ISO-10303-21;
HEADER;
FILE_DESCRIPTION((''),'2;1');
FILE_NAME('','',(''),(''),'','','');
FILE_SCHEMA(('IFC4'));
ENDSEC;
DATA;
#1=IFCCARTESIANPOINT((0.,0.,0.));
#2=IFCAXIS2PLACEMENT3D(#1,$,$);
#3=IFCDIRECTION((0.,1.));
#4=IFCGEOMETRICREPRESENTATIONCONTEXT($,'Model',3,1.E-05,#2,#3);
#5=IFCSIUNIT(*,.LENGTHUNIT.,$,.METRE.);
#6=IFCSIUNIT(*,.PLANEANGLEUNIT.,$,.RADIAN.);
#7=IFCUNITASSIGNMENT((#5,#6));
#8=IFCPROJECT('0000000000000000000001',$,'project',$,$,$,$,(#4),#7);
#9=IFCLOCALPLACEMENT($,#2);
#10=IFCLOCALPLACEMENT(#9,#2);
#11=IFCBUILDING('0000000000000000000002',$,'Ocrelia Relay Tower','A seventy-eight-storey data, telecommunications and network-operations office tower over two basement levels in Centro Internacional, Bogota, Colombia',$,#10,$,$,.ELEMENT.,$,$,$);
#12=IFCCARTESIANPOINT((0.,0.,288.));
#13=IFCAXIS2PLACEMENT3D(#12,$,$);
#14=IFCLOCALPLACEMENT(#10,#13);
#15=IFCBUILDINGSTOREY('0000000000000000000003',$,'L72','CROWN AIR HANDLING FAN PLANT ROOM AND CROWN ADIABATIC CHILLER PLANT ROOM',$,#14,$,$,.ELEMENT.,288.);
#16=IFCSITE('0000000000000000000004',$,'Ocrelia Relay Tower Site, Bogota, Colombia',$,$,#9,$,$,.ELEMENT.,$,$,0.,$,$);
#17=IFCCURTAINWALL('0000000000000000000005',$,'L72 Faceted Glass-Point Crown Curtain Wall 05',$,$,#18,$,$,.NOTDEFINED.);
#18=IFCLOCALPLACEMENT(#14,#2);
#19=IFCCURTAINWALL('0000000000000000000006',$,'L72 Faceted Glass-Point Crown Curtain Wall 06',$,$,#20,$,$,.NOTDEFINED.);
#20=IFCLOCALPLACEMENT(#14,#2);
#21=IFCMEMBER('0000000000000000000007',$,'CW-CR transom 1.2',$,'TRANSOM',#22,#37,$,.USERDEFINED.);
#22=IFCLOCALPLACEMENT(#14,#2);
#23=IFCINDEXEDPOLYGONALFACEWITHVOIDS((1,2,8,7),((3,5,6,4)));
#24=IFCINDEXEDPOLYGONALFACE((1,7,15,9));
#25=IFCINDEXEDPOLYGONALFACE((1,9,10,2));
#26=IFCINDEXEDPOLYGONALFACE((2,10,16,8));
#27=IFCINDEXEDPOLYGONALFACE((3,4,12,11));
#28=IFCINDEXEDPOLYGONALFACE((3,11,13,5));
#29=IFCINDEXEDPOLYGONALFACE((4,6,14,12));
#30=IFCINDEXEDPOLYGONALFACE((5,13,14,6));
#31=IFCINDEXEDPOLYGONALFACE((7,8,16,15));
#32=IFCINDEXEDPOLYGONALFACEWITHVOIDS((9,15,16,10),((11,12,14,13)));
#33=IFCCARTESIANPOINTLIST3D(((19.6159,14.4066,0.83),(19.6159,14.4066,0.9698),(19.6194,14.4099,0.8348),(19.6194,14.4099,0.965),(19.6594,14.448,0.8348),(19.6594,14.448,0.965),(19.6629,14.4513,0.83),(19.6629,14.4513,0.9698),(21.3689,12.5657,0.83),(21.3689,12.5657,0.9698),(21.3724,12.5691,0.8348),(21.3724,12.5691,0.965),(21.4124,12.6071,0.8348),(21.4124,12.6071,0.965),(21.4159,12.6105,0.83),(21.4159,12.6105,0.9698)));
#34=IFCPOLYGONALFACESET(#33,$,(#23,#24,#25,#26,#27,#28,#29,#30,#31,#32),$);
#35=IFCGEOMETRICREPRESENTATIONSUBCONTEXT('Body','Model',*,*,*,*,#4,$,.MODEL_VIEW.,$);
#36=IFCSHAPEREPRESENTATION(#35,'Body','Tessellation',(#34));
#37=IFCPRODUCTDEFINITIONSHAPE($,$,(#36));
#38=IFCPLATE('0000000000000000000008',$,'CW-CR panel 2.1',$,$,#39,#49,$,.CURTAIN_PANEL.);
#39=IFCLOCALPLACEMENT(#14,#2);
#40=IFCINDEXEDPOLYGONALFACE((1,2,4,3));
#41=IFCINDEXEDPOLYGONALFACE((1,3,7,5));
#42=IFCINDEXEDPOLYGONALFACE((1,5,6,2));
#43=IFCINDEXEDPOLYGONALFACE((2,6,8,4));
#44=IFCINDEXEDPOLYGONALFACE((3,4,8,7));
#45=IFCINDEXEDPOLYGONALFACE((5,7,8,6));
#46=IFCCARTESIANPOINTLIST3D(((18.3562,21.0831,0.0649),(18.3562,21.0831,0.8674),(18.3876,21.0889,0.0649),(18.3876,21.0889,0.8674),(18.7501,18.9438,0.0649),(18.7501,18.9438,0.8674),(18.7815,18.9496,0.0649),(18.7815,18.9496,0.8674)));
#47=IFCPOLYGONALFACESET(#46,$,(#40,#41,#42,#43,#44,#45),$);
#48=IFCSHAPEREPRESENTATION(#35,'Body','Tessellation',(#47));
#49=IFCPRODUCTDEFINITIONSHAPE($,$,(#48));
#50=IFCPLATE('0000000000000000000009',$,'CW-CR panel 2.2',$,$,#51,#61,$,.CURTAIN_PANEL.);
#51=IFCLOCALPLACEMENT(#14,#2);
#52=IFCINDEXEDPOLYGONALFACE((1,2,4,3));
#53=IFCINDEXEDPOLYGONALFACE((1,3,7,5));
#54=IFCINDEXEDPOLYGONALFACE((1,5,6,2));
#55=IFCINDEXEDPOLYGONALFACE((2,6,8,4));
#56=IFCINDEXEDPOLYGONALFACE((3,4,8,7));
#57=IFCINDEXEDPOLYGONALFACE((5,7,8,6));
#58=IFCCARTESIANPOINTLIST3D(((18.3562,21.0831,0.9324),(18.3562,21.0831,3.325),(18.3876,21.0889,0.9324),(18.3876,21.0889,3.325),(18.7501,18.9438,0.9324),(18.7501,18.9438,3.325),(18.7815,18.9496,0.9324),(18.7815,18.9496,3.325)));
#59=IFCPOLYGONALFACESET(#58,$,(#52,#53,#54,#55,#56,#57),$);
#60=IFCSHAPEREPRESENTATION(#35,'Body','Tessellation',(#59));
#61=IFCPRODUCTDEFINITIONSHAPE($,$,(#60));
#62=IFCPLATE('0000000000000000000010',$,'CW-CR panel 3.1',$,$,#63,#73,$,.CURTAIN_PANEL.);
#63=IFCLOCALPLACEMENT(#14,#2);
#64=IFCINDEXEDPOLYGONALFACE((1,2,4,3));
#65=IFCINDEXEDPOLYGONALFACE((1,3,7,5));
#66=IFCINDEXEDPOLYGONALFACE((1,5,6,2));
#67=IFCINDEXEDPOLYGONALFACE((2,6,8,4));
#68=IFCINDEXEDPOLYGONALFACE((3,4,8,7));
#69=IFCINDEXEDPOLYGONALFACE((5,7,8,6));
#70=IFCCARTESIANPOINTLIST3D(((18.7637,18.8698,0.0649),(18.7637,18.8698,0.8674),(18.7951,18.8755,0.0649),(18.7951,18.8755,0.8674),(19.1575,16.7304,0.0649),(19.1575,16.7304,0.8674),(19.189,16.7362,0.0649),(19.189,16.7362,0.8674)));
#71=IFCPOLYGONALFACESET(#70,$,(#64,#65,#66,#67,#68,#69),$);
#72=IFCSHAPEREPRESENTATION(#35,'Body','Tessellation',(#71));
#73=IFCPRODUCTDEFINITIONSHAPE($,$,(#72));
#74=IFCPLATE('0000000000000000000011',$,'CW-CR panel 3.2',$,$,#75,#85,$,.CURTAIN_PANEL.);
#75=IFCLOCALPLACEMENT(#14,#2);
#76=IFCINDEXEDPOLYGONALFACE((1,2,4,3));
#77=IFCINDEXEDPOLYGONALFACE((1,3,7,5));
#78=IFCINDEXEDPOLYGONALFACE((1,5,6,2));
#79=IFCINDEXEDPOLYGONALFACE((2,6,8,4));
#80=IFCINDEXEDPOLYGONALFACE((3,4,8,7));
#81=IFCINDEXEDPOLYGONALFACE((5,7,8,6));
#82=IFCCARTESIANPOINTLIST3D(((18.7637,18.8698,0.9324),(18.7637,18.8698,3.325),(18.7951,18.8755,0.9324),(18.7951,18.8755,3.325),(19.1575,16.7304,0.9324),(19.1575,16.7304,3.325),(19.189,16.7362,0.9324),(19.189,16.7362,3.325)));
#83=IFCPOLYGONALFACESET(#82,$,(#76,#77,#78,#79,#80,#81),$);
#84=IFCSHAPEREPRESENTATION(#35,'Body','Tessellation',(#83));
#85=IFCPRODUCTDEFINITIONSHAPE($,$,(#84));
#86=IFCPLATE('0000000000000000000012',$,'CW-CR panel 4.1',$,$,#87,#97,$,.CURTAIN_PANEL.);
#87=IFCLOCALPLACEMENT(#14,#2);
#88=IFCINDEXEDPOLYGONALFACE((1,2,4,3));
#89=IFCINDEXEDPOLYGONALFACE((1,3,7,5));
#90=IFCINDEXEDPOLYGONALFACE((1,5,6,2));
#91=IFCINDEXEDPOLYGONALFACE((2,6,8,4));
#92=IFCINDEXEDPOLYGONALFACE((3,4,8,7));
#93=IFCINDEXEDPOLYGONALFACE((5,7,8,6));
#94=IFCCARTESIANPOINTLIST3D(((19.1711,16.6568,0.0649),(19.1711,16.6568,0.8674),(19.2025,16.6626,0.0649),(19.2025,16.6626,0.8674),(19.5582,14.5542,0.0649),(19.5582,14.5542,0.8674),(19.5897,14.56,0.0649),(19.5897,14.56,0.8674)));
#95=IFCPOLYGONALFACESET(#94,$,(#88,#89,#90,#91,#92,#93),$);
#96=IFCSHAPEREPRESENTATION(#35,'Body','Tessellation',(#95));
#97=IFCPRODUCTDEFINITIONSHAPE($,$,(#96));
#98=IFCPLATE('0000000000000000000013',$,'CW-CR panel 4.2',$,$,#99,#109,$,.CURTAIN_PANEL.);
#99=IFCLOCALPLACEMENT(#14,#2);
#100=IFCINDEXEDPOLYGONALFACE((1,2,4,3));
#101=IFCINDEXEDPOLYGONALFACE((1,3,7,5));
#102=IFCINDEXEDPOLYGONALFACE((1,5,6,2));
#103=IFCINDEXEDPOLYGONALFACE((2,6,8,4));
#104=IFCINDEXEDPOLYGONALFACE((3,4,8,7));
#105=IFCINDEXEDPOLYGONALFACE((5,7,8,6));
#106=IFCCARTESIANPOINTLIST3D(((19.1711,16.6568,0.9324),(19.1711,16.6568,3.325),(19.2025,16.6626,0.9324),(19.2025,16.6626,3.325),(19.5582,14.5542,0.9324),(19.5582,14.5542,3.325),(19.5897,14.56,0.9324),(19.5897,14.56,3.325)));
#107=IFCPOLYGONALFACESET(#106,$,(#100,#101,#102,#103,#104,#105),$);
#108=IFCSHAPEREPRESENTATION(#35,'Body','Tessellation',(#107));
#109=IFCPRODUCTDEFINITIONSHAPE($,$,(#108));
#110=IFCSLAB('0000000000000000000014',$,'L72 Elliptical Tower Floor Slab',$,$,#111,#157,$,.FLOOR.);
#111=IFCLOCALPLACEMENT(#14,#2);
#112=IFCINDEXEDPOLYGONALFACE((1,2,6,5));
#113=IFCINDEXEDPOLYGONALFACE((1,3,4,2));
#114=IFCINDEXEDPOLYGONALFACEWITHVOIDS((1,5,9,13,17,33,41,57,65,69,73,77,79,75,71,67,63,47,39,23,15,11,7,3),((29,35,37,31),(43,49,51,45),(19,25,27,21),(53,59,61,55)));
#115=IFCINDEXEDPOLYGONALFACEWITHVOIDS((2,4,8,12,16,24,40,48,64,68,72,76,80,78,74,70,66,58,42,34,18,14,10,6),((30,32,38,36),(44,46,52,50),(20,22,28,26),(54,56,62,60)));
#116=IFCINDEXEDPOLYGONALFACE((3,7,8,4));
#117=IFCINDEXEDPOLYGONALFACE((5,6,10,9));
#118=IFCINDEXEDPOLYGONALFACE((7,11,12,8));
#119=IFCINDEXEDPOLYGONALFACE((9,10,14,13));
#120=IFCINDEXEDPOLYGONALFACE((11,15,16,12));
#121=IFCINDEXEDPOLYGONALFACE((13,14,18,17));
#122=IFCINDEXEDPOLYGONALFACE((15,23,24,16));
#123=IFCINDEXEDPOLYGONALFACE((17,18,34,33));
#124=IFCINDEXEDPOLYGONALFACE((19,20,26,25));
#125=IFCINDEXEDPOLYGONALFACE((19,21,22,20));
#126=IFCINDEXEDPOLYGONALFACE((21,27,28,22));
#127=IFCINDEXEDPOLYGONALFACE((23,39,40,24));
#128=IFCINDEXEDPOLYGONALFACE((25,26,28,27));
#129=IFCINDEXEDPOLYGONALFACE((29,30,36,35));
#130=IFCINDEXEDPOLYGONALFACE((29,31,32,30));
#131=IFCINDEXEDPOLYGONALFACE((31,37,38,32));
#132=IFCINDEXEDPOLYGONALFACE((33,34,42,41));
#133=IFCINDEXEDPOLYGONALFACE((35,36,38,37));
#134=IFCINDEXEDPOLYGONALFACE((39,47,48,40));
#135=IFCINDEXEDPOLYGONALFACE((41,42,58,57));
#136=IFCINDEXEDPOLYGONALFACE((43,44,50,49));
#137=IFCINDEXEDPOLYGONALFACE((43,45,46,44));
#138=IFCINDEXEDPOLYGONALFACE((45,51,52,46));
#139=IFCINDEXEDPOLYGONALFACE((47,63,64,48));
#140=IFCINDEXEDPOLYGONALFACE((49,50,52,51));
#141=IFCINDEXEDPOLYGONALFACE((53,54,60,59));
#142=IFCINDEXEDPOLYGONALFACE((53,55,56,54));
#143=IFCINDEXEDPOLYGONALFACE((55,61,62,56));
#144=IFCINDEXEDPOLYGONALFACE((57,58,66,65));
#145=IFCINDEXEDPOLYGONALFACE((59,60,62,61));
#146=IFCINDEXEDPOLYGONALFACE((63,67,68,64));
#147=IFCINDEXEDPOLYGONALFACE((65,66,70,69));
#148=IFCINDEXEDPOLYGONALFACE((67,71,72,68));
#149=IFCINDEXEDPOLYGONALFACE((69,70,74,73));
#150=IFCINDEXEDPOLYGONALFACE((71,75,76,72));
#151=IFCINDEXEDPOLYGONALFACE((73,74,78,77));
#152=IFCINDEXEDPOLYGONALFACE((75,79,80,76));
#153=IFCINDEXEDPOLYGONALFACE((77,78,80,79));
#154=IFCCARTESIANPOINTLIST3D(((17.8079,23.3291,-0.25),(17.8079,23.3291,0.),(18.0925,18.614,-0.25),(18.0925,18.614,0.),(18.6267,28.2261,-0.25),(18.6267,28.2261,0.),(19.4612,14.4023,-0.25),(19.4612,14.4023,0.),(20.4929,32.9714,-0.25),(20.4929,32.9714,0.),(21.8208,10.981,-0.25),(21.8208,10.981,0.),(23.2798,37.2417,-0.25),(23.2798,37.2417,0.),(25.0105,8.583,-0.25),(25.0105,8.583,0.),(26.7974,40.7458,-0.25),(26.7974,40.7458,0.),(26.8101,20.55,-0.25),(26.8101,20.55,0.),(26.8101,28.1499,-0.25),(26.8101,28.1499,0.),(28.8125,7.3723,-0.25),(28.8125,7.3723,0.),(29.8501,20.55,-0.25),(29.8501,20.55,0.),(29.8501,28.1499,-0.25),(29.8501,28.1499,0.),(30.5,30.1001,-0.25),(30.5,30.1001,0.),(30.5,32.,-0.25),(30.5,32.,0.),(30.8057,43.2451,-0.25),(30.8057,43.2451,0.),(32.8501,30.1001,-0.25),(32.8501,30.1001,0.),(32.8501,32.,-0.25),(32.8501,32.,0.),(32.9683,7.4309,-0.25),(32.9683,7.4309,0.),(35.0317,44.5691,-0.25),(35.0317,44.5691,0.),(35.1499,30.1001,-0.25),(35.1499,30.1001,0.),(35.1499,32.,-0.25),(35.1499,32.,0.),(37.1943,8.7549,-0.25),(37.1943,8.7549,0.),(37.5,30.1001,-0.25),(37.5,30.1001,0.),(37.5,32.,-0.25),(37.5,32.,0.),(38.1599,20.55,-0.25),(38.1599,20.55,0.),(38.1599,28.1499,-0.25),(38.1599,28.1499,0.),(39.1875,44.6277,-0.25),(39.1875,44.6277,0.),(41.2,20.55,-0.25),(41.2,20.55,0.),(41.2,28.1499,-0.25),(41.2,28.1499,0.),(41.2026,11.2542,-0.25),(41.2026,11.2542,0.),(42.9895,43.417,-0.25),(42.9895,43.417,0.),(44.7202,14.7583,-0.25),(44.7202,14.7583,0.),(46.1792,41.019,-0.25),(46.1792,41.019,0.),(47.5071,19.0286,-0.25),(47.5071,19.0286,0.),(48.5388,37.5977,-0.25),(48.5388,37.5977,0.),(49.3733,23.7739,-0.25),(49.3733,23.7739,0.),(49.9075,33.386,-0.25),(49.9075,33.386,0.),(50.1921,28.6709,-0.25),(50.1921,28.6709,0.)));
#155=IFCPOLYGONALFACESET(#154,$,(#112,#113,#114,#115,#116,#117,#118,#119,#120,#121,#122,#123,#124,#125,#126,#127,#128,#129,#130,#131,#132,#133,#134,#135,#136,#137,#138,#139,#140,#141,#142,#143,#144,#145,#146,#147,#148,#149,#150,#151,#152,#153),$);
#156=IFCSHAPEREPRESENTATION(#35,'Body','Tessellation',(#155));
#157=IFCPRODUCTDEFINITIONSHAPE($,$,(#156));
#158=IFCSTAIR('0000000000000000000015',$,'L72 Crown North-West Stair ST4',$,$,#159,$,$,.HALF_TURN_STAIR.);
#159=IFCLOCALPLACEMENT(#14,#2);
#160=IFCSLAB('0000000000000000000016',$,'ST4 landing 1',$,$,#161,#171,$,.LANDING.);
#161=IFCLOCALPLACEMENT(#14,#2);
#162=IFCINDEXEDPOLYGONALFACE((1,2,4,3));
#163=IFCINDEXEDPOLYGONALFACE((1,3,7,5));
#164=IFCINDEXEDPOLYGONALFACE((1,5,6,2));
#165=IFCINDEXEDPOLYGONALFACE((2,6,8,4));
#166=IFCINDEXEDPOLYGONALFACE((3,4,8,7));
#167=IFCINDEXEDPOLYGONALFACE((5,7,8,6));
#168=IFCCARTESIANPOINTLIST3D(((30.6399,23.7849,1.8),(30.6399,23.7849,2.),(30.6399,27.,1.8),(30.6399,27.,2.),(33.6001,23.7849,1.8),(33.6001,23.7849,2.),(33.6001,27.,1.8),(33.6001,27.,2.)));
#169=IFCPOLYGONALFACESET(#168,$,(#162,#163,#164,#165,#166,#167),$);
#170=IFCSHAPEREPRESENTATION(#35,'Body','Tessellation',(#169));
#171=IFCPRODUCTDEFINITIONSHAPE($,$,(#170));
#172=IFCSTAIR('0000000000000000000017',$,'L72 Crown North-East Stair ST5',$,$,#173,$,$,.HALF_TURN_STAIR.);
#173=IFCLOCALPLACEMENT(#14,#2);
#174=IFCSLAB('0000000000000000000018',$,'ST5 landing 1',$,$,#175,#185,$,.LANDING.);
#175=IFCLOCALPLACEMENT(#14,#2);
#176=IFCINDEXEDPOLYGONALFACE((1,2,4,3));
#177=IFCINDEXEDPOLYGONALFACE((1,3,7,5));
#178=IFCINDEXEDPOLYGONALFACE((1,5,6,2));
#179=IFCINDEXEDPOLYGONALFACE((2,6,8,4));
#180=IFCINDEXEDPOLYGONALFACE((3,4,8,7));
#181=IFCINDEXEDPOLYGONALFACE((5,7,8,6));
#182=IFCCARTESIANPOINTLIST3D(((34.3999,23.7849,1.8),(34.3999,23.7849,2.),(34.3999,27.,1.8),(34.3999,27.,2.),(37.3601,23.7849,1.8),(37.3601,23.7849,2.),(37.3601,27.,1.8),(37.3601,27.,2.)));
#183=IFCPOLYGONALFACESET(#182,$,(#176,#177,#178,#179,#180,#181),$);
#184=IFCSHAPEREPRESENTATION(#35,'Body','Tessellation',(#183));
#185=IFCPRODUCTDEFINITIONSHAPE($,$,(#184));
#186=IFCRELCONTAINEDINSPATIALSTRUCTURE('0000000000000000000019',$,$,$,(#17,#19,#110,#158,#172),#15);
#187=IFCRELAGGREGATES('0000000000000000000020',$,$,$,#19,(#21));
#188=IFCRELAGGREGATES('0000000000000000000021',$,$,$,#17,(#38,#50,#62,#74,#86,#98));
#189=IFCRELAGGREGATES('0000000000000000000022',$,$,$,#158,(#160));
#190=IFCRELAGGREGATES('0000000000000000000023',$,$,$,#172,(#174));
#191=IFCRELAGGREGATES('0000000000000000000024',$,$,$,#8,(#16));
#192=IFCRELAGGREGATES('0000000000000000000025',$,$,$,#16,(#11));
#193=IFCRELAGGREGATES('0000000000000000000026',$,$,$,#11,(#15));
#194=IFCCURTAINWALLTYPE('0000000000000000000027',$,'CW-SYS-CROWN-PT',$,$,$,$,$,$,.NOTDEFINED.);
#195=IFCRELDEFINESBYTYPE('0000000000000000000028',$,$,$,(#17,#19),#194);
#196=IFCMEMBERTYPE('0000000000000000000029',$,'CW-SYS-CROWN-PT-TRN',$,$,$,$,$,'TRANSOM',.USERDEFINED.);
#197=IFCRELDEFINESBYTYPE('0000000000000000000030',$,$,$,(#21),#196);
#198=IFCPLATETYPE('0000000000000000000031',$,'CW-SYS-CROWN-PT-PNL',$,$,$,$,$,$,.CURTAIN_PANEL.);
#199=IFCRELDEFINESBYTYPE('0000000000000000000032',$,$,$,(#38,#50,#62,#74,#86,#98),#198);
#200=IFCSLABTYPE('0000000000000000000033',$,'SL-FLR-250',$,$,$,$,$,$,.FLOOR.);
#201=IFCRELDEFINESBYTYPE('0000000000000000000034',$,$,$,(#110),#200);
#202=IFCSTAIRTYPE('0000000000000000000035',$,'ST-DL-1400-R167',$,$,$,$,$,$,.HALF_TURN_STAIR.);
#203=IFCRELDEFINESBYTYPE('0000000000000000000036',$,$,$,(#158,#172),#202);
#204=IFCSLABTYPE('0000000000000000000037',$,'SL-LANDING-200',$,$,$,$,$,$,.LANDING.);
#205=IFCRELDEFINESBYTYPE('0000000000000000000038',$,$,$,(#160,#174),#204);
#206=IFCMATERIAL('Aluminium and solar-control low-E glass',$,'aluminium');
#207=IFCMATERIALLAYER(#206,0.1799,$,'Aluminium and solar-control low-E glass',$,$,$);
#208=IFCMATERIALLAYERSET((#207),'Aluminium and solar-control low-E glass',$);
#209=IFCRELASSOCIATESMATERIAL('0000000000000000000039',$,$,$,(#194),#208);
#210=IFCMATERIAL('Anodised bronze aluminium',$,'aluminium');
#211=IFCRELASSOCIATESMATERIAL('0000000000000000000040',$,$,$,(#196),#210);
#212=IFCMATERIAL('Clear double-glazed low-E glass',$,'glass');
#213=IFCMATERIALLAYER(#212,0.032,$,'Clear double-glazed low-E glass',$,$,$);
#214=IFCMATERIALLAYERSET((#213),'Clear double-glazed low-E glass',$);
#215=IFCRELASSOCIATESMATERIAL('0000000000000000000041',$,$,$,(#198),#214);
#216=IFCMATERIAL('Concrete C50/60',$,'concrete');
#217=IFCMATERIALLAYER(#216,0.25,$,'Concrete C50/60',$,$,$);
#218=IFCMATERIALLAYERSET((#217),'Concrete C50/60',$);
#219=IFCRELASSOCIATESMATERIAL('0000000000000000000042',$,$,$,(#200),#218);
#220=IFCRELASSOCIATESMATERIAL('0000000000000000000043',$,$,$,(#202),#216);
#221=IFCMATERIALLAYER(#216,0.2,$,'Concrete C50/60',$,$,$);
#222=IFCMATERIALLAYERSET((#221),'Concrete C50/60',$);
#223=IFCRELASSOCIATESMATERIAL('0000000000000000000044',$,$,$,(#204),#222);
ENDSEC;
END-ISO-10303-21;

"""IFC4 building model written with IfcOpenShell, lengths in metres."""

from ifc_helpers import new_model, si_unit, direction, frame, origin, origin_2d, place, context, subcontext, project, spatial, polyline, rectangle, hollow_rectangle, outline, extrude, material, layer, layer_set, material_profile, profile_set, type_object, element, aggregate, save


model = new_model("IFC4")

# Units and contexts
model_context = context("Model", 3, precision=1e-05, world=origin(), true_north=direction((0.0, 1.0)))
body_context = subcontext(model_context, "Body", "Model", "MODEL_VIEW")
ifc_project = project(units=[si_unit("LENGTHUNIT", "METRE"), si_unit("PLANEANGLEUNIT", "RADIAN")], contexts=[model_context])

# Site, building, storey
site_placement = place(None, origin())
site = spatial("IfcSite", under=ifc_project, at=site_placement, Name="Ocrelia Relay Tower Site, Bogota, Colombia", CompositionType="ELEMENT", RefElevation=0.0)
building_placement = place(site_placement, origin())
building = spatial("IfcBuilding", under=site, at=building_placement, Name="Ocrelia Relay Tower", Description="A seventy-eight-storey data, telecommunications and network-operations office tower over two basement levels in Centro Internacional, Bogota, Colombia", CompositionType="ELEMENT")
storey_placement = place(building_placement, frame((0.0, 0.0, 288.0)))
storey = spatial("IfcBuildingStorey", under=building, at=storey_placement, Name="L72", Description="CROWN AIR HANDLING FAN PLANT ROOM AND CROWN ADIABATIC CHILLER PLANT ROOM", CompositionType="ELEMENT", Elevation=288.0)

# Curtain wall
ifc_material_1 = material(Name="Aluminium and solar-control low-E glass", Category="aluminium")
ifc_layer_1 = layer(ifc_material_1, 0.1799, Name="Aluminium and solar-control low-E glass")
ifc_layer_set_1 = layer_set([ifc_layer_1], Name="Aluminium and solar-control low-E glass")
curtain_wall_type = type_object("IfcCurtainWallType", Name="CW-SYS-CROWN-PT", PredefinedType="NOTDEFINED", material=ifc_layer_set_1)
curtain_wall_1_placement = place(storey_placement, origin())
curtain_wall_1 = element("IfcCurtainWall", 1, at=curtain_wall_1_placement, inside=storey, type_object=curtain_wall_type, Name="L72 Faceted Glass-Point Crown Curtain Wall 05", PredefinedType="NOTDEFINED")
ifc_material_2 = material(Name="Anodised bronze aluminium", Category="aluminium")

# Curtain wall
curtain_wall_2_placement = place(storey_placement, origin())
curtain_wall_2 = element("IfcCurtainWall", 2, at=curtain_wall_2_placement, inside=storey, type_object=curtain_wall_type, Name="L72 Faceted Glass-Point Crown Curtain Wall 06", PredefinedType="NOTDEFINED")

# Member
ifc_material_profile_1 = material_profile(ifc_material_2, hollow_rectangle(XDim=0.0649, YDim=0.1399, WallThickness=0.0049, at=origin_2d()), Name="CW-TRN-140x65")
ifc_profile_set_1 = profile_set([ifc_material_profile_1], Name="Anodised bronze aluminium")
member_type_1 = type_object("IfcMemberType", Name="CW-SYS-CROWN-PT-TRN", ElementType="TRANSOM", PredefinedType="USERDEFINED", material=ifc_profile_set_1)
member_1_placement = place(storey_placement, frame((19.6394, 14.429, 0.8999), z_axis=(0.689607, -0.724184, 0.0), x_axis=(0.724184, 0.689607, 0.0)))
member_1 = element("IfcMember", 3, at=member_1_placement, type_object=member_type_1, Name="CW-CR transom 1.2", ObjectType="TRANSOM", PredefinedType="USERDEFINED", context=body_context, shape_type="SweptSolid", body=[
    extrude(hollow_rectangle(XDim=0.0649, YDim=0.1399, WallThickness=0.0049, at=origin_2d()), origin(), (0.0, 0.0, 1.0), 2.542),
])
aggregate(curtain_wall_2, [member_1])

# Plates
ifc_material_3 = material(Name="Clear double-glazed low-E glass", Category="glass")
ifc_layer_2 = layer(ifc_material_3, 0.032, Name="Clear double-glazed low-E glass")
ifc_layer_set_2 = layer_set([ifc_layer_2], Name="Clear double-glazed low-E glass")
plate_type = type_object("IfcPlateType", Name="CW-SYS-CROWN-PT-PNL", PredefinedType="CURTAIN_PANEL", material=ifc_layer_set_2)
plate_1_placement = place(storey_placement, frame((18.5688, 20.0164, 0.0649), z_axis=(0.0, 0.0, 1.0), x_axis=(0.181068, -0.983471, 0.0)))
plate_1 = element("IfcPlate", 4, at=plate_1_placement, type_object=plate_type, Name="CW-CR panel 2.1", PredefinedType="CURTAIN_PANEL", context=body_context, shape_type="SweptSolid", body=[
    extrude(rectangle(XDim=2.1753, YDim=0.032, at=origin_2d()), origin(), (0.0, 0.0, 1.0), 0.8025),
])
plate_2_placement = place(storey_placement, frame((18.5688, 20.0164, 0.9324), z_axis=(0.0, 0.0, 1.0), x_axis=(0.181068, -0.983471, 0.0)))
plate_2 = element("IfcPlate", 5, at=plate_2_placement, type_object=plate_type, Name="CW-CR panel 2.2", PredefinedType="CURTAIN_PANEL", context=body_context, shape_type="SweptSolid", body=[
    extrude(rectangle(XDim=2.1753, YDim=0.032, at=origin_2d()), origin(), (0.0, 0.0, 1.0), 2.3926),
])
plate_3_placement = place(storey_placement, frame((18.9763, 17.803, 0.0649), z_axis=(0.0, 0.0, 1.0), x_axis=(0.181068, -0.983471, 0.0)))
plate_3 = element("IfcPlate", 6, at=plate_3_placement, type_object=plate_type, Name="CW-CR panel 3.1", PredefinedType="CURTAIN_PANEL", context=body_context, shape_type="SweptSolid", body=[
    extrude(rectangle(XDim=2.1753, YDim=0.032, at=origin_2d()), origin(), (0.0, 0.0, 1.0), 0.8025),
])
plate_4_placement = place(storey_placement, frame((18.9763, 17.803, 0.9324), z_axis=(0.0, 0.0, 1.0), x_axis=(0.181068, -0.983471, 0.0)))
plate_4 = element("IfcPlate", 7, at=plate_4_placement, type_object=plate_type, Name="CW-CR panel 3.2", PredefinedType="CURTAIN_PANEL", context=body_context, shape_type="SweptSolid", body=[
    extrude(rectangle(XDim=2.1753, YDim=0.032, at=origin_2d()), origin(), (0.0, 0.0, 1.0), 2.3926),
])
plate_5_placement = place(storey_placement, frame((19.3804, 15.6084, 0.0649), z_axis=(0.0, 0.0, 1.0), x_axis=(0.181068, -0.983471, 0.0)))
plate_5 = element("IfcPlate", 8, at=plate_5_placement, type_object=plate_type, Name="CW-CR panel 4.1", PredefinedType="CURTAIN_PANEL", context=body_context, shape_type="SweptSolid", body=[
    extrude(rectangle(XDim=2.1379, YDim=0.032, at=origin_2d()), origin(), (0.0, 0.0, 1.0), 0.8025),
])
plate_6_placement = place(storey_placement, frame((19.3804, 15.6084, 0.9324), z_axis=(0.0, 0.0, 1.0), x_axis=(0.181068, -0.983471, 0.0)))
plate_6 = element("IfcPlate", 9, at=plate_6_placement, type_object=plate_type, Name="CW-CR panel 4.2", PredefinedType="CURTAIN_PANEL", context=body_context, shape_type="SweptSolid", body=[
    extrude(rectangle(XDim=2.1379, YDim=0.032, at=origin_2d()), origin(), (0.0, 0.0, 1.0), 2.3926),
])
aggregate(curtain_wall_1, [plate_1, plate_2, plate_3, plate_4, plate_5, plate_6])

# Slab
ifc_material_4 = material(Name="Concrete C50/60", Category="concrete")
ifc_layer_3 = layer(ifc_material_4, 0.25, Name="Concrete C50/60")
ifc_layer_set_3 = layer_set([ifc_layer_3], Name="Concrete C50/60")
slab_type_1 = type_object("IfcSlabType", Name="SL-FLR-250", PredefinedType="FLOOR", material=ifc_layer_set_3)
slab_1_placement = place(storey_placement, frame((0.0, 0.0, -0.25)))
element("IfcSlab", 10, at=slab_1_placement, inside=storey, type_object=slab_type_1, Name="L72 Elliptical Tower Floor Slab", PredefinedType="FLOOR", context=body_context, shape_type="SweptSolid", body=[
    extrude(outline(polyline([(42.9895, 43.417), (39.1875, 44.6277), (35.0317, 44.5691), (30.8057, 43.2451), (26.7974, 40.7458), (23.2798, 37.2417), (20.4929, 32.9714), (18.6267, 28.2261), (17.8079, 23.3291), (18.0925, 18.614), (19.4612, 14.4023), (21.8208, 10.981), (25.0105, 8.583), (28.8125, 7.3723), (32.9683, 7.4309), (37.1943, 8.7549), (41.2026, 11.2542), (44.7202, 14.7583), (47.5071, 19.0286), (49.3733, 23.7739), (50.1921, 28.6709), (49.9075, 33.386), (48.5388, 37.5977), (46.1792, 41.019), (42.9895, 43.417)]), holes=[polyline([(26.8101, 28.1499), (26.8101, 20.55), (29.8501, 20.55), (29.8501, 28.1499), (26.8101, 28.1499)]), polyline([(38.1599, 28.1499), (38.1599, 20.55), (41.2, 20.55), (41.2, 28.1499), (38.1599, 28.1499)]), polyline([(30.5, 30.1001), (32.8501, 30.1001), (32.8501, 32.0), (30.5, 32.0), (30.5, 30.1001)]), polyline([(35.1499, 30.1001), (37.5, 30.1001), (37.5, 32.0), (35.1499, 32.0), (35.1499, 30.1001)])]), origin(), (0.0, 0.0, 1.0), 0.25),
])

# Stairs, slabs
stair_type = type_object("IfcStairType", Name="ST-DL-1400-R167", PredefinedType="HALF_TURN_STAIR", material=ifc_material_4)
stair_1_placement = place(storey_placement, origin())
stair_1 = element("IfcStair", 11, at=stair_1_placement, inside=storey, type_object=stair_type, Name="L72 Crown North-West Stair ST4", PredefinedType="HALF_TURN_STAIR")
ifc_layer_4 = layer(ifc_material_4, 0.2, Name="Concrete C50/60")
ifc_layer_set_4 = layer_set([ifc_layer_4], Name="Concrete C50/60")
slab_type_2 = type_object("IfcSlabType", Name="SL-LANDING-200", PredefinedType="LANDING", material=ifc_layer_set_4)
slab_2_placement = place(storey_placement, frame((0.0, 0.0, 1.8)))
slab_2 = element("IfcSlab", 12, at=slab_2_placement, type_object=slab_type_2, Name="ST4 landing 1", PredefinedType="LANDING", context=body_context, shape_type="SweptSolid", body=[
    extrude(outline(polyline([(33.6001, 23.7849), (33.6001, 27.0), (30.6399, 27.0), (30.6399, 23.7849), (33.6001, 23.7849)])), origin(), (0.0, 0.0, 1.0), 0.2),
])
aggregate(stair_1, [slab_2])
stair_2_placement = place(storey_placement, origin())
stair_2 = element("IfcStair", 13, at=stair_2_placement, inside=storey, type_object=stair_type, Name="L72 Crown North-East Stair ST5", PredefinedType="HALF_TURN_STAIR")
slab_3_placement = place(storey_placement, frame((0.0, 0.0, 1.8)))
slab_3 = element("IfcSlab", 14, at=slab_3_placement, type_object=slab_type_2, Name="ST5 landing 1", PredefinedType="LANDING", context=body_context, shape_type="SweptSolid", body=[
    extrude(outline(polyline([(37.3601, 23.7849), (37.3601, 27.0), (34.3999, 27.0), (34.3999, 23.7849), (37.3601, 23.7849)])), origin(), (0.0, 0.0, 1.0), 0.2),
])
aggregate(stair_2, [slab_3])

save(model, "model.ifc")
